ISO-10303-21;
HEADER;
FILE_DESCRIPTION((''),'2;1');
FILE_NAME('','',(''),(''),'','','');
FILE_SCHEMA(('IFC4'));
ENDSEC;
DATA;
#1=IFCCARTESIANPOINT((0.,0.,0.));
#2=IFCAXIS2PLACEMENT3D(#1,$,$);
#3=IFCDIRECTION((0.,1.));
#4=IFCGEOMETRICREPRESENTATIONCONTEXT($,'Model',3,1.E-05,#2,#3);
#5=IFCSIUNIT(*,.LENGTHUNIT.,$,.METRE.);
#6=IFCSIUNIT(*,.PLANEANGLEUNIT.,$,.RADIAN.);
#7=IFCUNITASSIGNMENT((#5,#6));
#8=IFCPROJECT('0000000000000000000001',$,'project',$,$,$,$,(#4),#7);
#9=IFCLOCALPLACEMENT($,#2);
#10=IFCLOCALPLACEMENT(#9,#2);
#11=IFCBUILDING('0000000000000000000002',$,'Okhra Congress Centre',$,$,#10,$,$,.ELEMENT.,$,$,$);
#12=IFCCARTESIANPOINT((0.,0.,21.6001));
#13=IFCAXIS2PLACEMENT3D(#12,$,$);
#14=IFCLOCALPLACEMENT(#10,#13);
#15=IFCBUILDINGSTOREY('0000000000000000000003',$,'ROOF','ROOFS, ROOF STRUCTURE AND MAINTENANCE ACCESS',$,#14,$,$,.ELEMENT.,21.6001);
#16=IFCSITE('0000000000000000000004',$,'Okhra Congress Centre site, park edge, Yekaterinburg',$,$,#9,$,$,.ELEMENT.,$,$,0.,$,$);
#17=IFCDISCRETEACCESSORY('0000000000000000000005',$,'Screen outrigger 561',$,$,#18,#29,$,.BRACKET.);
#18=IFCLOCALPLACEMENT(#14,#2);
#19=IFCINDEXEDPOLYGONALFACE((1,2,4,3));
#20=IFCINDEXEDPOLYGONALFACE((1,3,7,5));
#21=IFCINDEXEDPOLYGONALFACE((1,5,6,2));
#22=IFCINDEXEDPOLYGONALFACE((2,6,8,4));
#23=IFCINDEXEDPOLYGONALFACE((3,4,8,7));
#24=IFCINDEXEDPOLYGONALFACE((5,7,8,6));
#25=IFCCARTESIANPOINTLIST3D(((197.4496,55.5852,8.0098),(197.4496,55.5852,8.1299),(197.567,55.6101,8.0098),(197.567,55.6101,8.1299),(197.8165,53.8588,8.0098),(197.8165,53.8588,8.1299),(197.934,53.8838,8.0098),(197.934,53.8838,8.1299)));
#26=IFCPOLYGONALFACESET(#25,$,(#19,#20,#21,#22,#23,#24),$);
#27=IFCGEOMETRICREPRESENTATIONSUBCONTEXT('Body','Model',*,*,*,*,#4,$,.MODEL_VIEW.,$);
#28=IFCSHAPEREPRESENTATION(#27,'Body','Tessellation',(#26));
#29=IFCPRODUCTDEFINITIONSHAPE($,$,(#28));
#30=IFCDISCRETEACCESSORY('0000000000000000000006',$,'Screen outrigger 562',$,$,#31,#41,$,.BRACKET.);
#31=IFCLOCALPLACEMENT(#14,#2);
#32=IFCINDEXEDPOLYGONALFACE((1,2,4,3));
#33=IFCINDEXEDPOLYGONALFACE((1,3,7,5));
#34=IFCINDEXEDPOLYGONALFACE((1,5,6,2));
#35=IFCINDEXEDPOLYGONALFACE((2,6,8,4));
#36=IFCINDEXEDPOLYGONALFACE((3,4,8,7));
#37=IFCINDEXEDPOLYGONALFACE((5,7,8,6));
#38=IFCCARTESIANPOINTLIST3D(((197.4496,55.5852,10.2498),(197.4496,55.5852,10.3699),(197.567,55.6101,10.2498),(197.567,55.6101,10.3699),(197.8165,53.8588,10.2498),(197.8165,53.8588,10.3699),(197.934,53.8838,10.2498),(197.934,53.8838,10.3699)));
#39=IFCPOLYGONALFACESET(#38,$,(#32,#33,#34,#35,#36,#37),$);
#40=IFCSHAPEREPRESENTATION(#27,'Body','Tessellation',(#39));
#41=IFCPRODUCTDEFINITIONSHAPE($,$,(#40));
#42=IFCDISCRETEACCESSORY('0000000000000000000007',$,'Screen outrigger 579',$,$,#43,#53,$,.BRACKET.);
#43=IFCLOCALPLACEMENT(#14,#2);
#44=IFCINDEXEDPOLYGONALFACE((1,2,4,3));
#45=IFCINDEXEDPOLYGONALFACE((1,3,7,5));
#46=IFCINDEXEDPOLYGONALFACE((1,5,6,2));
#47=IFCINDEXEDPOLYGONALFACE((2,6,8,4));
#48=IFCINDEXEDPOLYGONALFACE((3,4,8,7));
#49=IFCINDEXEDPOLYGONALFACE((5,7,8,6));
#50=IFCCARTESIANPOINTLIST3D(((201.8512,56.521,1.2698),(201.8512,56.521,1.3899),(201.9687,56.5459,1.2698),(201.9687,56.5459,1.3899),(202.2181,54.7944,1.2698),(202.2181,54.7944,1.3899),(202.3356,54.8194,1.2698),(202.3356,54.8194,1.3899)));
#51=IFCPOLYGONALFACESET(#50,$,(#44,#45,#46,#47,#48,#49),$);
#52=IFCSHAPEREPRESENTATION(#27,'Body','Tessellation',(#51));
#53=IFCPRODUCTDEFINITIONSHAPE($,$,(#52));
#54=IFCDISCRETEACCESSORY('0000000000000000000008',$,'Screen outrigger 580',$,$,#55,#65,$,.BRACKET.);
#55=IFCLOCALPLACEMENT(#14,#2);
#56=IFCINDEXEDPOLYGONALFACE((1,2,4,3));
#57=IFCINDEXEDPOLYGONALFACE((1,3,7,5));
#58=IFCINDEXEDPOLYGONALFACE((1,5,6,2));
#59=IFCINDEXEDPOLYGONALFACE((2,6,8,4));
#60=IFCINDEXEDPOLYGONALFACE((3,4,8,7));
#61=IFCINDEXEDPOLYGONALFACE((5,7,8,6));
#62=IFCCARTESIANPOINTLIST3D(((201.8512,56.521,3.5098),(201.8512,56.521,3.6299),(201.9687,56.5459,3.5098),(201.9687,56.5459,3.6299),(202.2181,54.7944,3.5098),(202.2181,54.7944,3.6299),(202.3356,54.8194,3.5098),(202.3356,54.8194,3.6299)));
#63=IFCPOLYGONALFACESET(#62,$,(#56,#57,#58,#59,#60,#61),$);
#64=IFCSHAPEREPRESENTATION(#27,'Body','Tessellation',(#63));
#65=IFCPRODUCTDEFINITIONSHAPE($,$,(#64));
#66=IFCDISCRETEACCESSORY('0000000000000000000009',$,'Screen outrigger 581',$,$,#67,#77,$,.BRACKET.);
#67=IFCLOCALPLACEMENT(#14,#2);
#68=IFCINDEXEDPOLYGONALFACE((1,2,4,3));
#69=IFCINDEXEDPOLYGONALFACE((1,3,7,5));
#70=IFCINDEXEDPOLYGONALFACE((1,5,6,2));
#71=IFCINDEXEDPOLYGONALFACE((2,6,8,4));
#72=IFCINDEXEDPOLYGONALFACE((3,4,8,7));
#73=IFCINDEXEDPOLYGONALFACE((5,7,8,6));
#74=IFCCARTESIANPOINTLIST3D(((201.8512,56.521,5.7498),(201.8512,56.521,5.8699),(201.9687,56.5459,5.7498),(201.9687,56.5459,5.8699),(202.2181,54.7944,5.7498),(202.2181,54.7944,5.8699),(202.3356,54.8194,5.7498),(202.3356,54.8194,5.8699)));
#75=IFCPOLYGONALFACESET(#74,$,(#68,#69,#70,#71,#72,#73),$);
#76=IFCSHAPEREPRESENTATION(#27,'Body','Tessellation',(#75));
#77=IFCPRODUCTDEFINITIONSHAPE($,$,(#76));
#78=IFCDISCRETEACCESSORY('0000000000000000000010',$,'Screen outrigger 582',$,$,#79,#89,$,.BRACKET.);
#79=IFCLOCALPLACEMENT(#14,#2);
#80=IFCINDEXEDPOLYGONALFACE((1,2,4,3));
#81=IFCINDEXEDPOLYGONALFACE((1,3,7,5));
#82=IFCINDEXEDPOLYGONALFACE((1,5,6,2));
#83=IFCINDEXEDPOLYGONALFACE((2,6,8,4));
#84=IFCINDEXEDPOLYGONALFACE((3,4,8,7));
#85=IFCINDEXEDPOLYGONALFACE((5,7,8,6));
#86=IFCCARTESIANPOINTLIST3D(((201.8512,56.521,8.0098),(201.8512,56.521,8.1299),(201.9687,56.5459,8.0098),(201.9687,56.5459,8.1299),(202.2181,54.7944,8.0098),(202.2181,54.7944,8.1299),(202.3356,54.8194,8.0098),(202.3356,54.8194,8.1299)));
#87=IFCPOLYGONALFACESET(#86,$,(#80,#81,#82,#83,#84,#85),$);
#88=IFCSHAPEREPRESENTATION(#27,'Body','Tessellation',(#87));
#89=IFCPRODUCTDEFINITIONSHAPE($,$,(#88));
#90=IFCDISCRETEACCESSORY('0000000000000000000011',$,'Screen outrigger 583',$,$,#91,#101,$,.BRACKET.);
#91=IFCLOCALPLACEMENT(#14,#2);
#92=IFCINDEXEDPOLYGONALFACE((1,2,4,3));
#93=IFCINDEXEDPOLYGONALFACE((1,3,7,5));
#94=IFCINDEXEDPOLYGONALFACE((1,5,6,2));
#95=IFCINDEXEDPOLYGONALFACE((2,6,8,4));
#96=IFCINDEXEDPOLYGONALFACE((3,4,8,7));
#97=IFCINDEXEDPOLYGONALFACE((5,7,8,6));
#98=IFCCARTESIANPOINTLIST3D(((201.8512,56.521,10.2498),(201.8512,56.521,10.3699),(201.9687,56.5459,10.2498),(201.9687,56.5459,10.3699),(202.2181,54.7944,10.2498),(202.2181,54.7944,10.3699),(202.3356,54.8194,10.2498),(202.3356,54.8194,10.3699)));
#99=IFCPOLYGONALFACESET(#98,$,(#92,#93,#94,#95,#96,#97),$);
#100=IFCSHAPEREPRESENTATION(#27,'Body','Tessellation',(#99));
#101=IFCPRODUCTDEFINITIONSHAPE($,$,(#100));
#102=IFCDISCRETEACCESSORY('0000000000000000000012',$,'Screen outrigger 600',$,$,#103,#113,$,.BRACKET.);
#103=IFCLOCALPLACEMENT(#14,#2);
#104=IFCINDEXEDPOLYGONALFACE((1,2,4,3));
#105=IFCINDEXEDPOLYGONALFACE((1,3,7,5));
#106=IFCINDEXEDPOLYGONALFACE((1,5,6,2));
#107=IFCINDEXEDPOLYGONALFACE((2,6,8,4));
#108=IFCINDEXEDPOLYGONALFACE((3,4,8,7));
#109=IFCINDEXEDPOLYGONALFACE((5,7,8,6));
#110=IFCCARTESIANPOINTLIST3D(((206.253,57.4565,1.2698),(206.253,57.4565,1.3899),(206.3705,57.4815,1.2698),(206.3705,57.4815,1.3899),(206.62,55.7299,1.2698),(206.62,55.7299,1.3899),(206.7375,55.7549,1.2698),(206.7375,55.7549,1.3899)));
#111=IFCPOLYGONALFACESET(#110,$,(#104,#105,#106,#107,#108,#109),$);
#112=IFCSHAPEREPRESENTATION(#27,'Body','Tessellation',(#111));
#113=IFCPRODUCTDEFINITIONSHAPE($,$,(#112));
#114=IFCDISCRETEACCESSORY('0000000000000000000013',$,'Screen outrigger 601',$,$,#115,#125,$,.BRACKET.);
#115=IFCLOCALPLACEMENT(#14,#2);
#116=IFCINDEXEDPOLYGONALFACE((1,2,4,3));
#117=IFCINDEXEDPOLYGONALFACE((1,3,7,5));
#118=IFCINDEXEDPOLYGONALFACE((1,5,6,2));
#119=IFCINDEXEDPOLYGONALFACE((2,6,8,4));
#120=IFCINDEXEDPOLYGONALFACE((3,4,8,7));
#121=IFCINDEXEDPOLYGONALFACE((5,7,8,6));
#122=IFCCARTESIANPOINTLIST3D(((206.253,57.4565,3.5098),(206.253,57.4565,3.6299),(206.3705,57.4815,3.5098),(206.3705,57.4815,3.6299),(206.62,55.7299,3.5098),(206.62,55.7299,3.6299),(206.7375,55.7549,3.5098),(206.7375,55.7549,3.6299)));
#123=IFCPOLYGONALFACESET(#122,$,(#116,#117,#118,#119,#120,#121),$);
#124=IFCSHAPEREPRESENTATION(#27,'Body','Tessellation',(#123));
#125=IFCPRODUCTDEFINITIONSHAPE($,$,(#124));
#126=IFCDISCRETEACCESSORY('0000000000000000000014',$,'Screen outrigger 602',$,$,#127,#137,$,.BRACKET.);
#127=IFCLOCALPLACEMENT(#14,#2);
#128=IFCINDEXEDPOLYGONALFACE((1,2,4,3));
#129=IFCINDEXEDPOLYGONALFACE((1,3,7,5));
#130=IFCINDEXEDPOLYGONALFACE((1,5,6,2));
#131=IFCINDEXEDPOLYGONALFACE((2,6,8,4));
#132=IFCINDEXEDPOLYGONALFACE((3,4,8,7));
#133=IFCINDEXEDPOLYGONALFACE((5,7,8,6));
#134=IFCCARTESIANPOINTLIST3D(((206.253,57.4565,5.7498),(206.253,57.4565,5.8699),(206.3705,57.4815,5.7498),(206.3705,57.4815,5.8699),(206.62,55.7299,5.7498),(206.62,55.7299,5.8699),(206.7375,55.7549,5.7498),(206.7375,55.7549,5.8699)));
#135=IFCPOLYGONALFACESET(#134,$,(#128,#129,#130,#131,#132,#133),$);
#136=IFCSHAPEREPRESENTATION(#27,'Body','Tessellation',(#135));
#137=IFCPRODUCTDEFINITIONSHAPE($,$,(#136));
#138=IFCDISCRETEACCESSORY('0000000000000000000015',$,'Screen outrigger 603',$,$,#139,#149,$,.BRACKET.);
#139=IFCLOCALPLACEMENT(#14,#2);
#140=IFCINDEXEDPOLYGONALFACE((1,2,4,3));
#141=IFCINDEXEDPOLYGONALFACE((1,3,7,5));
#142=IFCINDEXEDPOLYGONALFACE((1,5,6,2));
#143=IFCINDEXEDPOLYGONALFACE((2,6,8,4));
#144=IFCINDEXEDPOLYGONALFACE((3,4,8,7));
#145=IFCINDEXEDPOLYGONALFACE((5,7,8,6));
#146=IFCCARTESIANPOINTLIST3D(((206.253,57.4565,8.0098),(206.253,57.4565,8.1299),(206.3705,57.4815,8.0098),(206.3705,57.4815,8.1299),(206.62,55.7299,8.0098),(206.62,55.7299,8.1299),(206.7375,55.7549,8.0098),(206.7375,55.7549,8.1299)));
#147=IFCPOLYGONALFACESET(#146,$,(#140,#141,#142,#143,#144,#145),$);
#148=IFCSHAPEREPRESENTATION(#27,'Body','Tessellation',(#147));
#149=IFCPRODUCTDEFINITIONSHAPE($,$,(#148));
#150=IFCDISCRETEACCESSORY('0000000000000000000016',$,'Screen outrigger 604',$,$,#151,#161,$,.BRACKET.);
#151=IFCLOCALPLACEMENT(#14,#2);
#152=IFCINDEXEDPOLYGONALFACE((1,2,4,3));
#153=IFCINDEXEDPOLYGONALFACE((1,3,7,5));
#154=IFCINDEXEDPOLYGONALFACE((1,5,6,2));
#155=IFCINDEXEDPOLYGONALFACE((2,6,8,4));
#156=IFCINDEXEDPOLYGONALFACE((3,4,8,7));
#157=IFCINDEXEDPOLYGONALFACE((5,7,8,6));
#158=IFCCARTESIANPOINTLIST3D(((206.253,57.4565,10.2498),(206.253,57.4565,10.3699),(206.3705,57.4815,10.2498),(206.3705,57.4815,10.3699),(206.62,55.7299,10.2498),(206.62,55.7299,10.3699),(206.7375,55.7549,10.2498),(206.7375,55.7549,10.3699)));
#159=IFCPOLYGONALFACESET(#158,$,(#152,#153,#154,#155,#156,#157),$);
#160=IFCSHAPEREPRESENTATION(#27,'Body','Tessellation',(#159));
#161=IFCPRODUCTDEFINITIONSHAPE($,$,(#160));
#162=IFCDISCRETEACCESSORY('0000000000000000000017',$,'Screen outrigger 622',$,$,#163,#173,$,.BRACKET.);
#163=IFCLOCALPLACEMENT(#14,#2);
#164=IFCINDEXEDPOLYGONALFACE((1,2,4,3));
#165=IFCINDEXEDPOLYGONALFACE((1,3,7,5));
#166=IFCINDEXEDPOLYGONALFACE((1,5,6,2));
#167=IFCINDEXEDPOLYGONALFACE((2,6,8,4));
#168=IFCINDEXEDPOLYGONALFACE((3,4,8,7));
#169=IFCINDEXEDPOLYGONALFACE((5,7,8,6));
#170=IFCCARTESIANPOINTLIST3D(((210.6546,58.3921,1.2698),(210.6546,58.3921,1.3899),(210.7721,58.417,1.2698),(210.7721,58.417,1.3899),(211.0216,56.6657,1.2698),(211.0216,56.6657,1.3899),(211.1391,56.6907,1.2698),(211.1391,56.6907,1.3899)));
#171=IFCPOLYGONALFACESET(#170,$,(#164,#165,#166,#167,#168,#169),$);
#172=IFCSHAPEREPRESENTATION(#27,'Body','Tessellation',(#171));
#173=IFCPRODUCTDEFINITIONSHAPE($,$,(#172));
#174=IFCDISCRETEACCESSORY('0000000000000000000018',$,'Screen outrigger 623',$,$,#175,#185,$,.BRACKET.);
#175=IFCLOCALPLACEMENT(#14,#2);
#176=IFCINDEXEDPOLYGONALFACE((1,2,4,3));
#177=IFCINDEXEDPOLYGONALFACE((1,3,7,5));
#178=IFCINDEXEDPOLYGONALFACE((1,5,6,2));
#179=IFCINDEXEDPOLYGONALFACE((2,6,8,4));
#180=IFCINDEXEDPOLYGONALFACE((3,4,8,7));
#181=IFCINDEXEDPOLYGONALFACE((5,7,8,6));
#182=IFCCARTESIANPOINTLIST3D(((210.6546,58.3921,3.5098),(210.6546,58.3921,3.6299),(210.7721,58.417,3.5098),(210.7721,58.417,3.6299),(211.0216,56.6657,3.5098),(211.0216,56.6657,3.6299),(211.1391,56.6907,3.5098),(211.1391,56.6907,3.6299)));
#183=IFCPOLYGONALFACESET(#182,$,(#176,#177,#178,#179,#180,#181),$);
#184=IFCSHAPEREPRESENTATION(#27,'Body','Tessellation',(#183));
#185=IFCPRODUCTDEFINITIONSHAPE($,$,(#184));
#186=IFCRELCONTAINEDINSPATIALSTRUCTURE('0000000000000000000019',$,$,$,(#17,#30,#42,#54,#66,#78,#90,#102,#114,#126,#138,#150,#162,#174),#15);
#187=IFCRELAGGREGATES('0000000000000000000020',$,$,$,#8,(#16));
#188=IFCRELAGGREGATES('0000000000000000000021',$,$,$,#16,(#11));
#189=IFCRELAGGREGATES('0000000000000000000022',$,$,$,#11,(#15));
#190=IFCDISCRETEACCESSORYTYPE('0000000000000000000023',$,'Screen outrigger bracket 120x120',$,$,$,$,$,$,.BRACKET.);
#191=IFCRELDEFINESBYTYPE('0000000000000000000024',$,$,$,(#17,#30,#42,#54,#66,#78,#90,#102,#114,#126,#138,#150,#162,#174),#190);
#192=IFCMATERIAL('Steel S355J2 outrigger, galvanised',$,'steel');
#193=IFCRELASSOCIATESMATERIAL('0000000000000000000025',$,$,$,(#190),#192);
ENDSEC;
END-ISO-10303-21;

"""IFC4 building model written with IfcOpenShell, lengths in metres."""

from ifc_helpers import new_model, si_unit, direction, frame, origin, origin_2d, place, context, subcontext, project, spatial, rectangle, extrude, material, material_profile, profile_set, type_object, element, save


model = new_model("IFC4")

# Units and contexts
model_context = context("Model", 3, precision=1e-05, world=origin(), true_north=direction((0.0, 1.0)))
body_context = subcontext(model_context, "Body", "Model", "MODEL_VIEW")
ifc_project = project(units=[si_unit("LENGTHUNIT", "METRE"), si_unit("PLANEANGLEUNIT", "RADIAN")], contexts=[model_context])

# Site, building, storey
site_placement = place(None, origin())
site = spatial("IfcSite", under=ifc_project, at=site_placement, Name="Okhra Congress Centre site, park edge, Yekaterinburg", CompositionType="ELEMENT", RefElevation=0.0)
building_placement = place(site_placement, origin())
building = spatial("IfcBuilding", under=site, at=building_placement, Name="Okhra Congress Centre", CompositionType="ELEMENT")
storey_placement = place(building_placement, frame((0.0, 0.0, 21.6001)))
storey = spatial("IfcBuildingStorey", under=building, at=storey_placement, Name="ROOF", Description="ROOFS, ROOF STRUCTURE AND MAINTENANCE ACCESS", CompositionType="ELEMENT", Elevation=21.6001)

# Discrete accessories
ifc_material_1 = material(Name="Steel S355J2 outrigger, galvanised", Category="steel")
ifc_material_profile_1 = material_profile(ifc_material_1, rectangle(XDim=0.1201, YDim=0.1201, at=origin_2d()), Name="Screen outrigger bracket 120x120")
ifc_profile_set_1 = profile_set([ifc_material_profile_1], Name="Steel S355J2 outrigger, galvanised")
discrete_accessory_type = type_object("IfcDiscreteAccessoryType", Name="Screen outrigger bracket 120x120", PredefinedType="BRACKET", material=ifc_profile_set_1)
for number, where, z_axis, x_axis, name in (
    (1, (197.5083, 55.5977, 8.0698), (0.207913, -0.978147, 0.0), (0.978147, 0.207913, 0.0), "Screen outrigger 561"),
    (2, (197.5083, 55.5977, 10.3098), (0.207913, -0.978147, 0.0), (0.978147, 0.207913, 0.0), "Screen outrigger 562"),
):
    element("IfcDiscreteAccessory", number, at=place(storey_placement, frame(where, z_axis=z_axis, x_axis=x_axis)), inside=storey, type_object=discrete_accessory_type, Name=name, PredefinedType="BRACKET", context=body_context, shape_type="SweptSolid", body=[
        extrude(rectangle(XDim=0.1201, YDim=0.1201, at=origin_2d()), origin(), (0.0, 0.0, 1.0), 1.7649),
    ])
for number, where, z_axis, x_axis, name in (
    (3, (201.9099, 56.5334, 1.3298), (0.207885, -0.978153, 0.0), (0.978153, 0.207885, 0.0), "Screen outrigger 579"),
    (4, (201.9099, 56.5334, 3.5698), (0.207885, -0.978153, 0.0), (0.978153, 0.207885, 0.0), "Screen outrigger 580"),
    (5, (201.9099, 56.5334, 5.8098), (0.207885, -0.978153, 0.0), (0.978153, 0.207885, 0.0), "Screen outrigger 581"),
    (6, (201.9099, 56.5334, 8.0698), (0.207885, -0.978153, 0.0), (0.978153, 0.207885, 0.0), "Screen outrigger 582"),
    (7, (201.9099, 56.5334, 10.3098), (0.207885, -0.978153, 0.0), (0.978153, 0.207885, 0.0), "Screen outrigger 583"),
    (8, (206.3118, 57.469, 1.3298), (0.207885, -0.978153, 0.0), (0.978153, 0.207885, 0.0), "Screen outrigger 600"),
    (9, (206.3118, 57.469, 3.5698), (0.207885, -0.978153, 0.0), (0.978153, 0.207885, 0.0), "Screen outrigger 601"),
    (10, (206.3118, 57.469, 5.8098), (0.207885, -0.978153, 0.0), (0.978153, 0.207885, 0.0), "Screen outrigger 602"),
    (11, (206.3118, 57.469, 8.0698), (0.207885, -0.978153, 0.0), (0.978153, 0.207885, 0.0), "Screen outrigger 603"),
    (12, (206.3118, 57.469, 10.3098), (0.207885, -0.978153, 0.0), (0.978153, 0.207885, 0.0), "Screen outrigger 604"),
):
    element("IfcDiscreteAccessory", number, at=place(storey_placement, frame(where, z_axis=z_axis, x_axis=x_axis)), inside=storey, type_object=discrete_accessory_type, Name=name, PredefinedType="BRACKET", context=body_context, shape_type="SweptSolid", body=[
        extrude(rectangle(XDim=0.1201, YDim=0.1201, at=origin_2d()), origin(), (0.0, 0.0, 1.0), 1.7651),
    ])
for number, where, z_axis, x_axis, name in (
    (13, (210.7134, 58.4045, 1.3298), (0.207913, -0.978147, 0.0), (0.978147, 0.207913, 0.0), "Screen outrigger 622"),
    (14, (210.7134, 58.4045, 3.5698), (0.207913, -0.978147, 0.0), (0.978147, 0.207913, 0.0), "Screen outrigger 623"),
):
    element("IfcDiscreteAccessory", number, at=place(storey_placement, frame(where, z_axis=z_axis, x_axis=x_axis)), inside=storey, type_object=discrete_accessory_type, Name=name, PredefinedType="BRACKET", context=body_context, shape_type="SweptSolid", body=[
        extrude(rectangle(XDim=0.1201, YDim=0.1201, at=origin_2d()), origin(), (0.0, 0.0, 1.0), 1.7649),
    ])

save(model, "model.ifc")
